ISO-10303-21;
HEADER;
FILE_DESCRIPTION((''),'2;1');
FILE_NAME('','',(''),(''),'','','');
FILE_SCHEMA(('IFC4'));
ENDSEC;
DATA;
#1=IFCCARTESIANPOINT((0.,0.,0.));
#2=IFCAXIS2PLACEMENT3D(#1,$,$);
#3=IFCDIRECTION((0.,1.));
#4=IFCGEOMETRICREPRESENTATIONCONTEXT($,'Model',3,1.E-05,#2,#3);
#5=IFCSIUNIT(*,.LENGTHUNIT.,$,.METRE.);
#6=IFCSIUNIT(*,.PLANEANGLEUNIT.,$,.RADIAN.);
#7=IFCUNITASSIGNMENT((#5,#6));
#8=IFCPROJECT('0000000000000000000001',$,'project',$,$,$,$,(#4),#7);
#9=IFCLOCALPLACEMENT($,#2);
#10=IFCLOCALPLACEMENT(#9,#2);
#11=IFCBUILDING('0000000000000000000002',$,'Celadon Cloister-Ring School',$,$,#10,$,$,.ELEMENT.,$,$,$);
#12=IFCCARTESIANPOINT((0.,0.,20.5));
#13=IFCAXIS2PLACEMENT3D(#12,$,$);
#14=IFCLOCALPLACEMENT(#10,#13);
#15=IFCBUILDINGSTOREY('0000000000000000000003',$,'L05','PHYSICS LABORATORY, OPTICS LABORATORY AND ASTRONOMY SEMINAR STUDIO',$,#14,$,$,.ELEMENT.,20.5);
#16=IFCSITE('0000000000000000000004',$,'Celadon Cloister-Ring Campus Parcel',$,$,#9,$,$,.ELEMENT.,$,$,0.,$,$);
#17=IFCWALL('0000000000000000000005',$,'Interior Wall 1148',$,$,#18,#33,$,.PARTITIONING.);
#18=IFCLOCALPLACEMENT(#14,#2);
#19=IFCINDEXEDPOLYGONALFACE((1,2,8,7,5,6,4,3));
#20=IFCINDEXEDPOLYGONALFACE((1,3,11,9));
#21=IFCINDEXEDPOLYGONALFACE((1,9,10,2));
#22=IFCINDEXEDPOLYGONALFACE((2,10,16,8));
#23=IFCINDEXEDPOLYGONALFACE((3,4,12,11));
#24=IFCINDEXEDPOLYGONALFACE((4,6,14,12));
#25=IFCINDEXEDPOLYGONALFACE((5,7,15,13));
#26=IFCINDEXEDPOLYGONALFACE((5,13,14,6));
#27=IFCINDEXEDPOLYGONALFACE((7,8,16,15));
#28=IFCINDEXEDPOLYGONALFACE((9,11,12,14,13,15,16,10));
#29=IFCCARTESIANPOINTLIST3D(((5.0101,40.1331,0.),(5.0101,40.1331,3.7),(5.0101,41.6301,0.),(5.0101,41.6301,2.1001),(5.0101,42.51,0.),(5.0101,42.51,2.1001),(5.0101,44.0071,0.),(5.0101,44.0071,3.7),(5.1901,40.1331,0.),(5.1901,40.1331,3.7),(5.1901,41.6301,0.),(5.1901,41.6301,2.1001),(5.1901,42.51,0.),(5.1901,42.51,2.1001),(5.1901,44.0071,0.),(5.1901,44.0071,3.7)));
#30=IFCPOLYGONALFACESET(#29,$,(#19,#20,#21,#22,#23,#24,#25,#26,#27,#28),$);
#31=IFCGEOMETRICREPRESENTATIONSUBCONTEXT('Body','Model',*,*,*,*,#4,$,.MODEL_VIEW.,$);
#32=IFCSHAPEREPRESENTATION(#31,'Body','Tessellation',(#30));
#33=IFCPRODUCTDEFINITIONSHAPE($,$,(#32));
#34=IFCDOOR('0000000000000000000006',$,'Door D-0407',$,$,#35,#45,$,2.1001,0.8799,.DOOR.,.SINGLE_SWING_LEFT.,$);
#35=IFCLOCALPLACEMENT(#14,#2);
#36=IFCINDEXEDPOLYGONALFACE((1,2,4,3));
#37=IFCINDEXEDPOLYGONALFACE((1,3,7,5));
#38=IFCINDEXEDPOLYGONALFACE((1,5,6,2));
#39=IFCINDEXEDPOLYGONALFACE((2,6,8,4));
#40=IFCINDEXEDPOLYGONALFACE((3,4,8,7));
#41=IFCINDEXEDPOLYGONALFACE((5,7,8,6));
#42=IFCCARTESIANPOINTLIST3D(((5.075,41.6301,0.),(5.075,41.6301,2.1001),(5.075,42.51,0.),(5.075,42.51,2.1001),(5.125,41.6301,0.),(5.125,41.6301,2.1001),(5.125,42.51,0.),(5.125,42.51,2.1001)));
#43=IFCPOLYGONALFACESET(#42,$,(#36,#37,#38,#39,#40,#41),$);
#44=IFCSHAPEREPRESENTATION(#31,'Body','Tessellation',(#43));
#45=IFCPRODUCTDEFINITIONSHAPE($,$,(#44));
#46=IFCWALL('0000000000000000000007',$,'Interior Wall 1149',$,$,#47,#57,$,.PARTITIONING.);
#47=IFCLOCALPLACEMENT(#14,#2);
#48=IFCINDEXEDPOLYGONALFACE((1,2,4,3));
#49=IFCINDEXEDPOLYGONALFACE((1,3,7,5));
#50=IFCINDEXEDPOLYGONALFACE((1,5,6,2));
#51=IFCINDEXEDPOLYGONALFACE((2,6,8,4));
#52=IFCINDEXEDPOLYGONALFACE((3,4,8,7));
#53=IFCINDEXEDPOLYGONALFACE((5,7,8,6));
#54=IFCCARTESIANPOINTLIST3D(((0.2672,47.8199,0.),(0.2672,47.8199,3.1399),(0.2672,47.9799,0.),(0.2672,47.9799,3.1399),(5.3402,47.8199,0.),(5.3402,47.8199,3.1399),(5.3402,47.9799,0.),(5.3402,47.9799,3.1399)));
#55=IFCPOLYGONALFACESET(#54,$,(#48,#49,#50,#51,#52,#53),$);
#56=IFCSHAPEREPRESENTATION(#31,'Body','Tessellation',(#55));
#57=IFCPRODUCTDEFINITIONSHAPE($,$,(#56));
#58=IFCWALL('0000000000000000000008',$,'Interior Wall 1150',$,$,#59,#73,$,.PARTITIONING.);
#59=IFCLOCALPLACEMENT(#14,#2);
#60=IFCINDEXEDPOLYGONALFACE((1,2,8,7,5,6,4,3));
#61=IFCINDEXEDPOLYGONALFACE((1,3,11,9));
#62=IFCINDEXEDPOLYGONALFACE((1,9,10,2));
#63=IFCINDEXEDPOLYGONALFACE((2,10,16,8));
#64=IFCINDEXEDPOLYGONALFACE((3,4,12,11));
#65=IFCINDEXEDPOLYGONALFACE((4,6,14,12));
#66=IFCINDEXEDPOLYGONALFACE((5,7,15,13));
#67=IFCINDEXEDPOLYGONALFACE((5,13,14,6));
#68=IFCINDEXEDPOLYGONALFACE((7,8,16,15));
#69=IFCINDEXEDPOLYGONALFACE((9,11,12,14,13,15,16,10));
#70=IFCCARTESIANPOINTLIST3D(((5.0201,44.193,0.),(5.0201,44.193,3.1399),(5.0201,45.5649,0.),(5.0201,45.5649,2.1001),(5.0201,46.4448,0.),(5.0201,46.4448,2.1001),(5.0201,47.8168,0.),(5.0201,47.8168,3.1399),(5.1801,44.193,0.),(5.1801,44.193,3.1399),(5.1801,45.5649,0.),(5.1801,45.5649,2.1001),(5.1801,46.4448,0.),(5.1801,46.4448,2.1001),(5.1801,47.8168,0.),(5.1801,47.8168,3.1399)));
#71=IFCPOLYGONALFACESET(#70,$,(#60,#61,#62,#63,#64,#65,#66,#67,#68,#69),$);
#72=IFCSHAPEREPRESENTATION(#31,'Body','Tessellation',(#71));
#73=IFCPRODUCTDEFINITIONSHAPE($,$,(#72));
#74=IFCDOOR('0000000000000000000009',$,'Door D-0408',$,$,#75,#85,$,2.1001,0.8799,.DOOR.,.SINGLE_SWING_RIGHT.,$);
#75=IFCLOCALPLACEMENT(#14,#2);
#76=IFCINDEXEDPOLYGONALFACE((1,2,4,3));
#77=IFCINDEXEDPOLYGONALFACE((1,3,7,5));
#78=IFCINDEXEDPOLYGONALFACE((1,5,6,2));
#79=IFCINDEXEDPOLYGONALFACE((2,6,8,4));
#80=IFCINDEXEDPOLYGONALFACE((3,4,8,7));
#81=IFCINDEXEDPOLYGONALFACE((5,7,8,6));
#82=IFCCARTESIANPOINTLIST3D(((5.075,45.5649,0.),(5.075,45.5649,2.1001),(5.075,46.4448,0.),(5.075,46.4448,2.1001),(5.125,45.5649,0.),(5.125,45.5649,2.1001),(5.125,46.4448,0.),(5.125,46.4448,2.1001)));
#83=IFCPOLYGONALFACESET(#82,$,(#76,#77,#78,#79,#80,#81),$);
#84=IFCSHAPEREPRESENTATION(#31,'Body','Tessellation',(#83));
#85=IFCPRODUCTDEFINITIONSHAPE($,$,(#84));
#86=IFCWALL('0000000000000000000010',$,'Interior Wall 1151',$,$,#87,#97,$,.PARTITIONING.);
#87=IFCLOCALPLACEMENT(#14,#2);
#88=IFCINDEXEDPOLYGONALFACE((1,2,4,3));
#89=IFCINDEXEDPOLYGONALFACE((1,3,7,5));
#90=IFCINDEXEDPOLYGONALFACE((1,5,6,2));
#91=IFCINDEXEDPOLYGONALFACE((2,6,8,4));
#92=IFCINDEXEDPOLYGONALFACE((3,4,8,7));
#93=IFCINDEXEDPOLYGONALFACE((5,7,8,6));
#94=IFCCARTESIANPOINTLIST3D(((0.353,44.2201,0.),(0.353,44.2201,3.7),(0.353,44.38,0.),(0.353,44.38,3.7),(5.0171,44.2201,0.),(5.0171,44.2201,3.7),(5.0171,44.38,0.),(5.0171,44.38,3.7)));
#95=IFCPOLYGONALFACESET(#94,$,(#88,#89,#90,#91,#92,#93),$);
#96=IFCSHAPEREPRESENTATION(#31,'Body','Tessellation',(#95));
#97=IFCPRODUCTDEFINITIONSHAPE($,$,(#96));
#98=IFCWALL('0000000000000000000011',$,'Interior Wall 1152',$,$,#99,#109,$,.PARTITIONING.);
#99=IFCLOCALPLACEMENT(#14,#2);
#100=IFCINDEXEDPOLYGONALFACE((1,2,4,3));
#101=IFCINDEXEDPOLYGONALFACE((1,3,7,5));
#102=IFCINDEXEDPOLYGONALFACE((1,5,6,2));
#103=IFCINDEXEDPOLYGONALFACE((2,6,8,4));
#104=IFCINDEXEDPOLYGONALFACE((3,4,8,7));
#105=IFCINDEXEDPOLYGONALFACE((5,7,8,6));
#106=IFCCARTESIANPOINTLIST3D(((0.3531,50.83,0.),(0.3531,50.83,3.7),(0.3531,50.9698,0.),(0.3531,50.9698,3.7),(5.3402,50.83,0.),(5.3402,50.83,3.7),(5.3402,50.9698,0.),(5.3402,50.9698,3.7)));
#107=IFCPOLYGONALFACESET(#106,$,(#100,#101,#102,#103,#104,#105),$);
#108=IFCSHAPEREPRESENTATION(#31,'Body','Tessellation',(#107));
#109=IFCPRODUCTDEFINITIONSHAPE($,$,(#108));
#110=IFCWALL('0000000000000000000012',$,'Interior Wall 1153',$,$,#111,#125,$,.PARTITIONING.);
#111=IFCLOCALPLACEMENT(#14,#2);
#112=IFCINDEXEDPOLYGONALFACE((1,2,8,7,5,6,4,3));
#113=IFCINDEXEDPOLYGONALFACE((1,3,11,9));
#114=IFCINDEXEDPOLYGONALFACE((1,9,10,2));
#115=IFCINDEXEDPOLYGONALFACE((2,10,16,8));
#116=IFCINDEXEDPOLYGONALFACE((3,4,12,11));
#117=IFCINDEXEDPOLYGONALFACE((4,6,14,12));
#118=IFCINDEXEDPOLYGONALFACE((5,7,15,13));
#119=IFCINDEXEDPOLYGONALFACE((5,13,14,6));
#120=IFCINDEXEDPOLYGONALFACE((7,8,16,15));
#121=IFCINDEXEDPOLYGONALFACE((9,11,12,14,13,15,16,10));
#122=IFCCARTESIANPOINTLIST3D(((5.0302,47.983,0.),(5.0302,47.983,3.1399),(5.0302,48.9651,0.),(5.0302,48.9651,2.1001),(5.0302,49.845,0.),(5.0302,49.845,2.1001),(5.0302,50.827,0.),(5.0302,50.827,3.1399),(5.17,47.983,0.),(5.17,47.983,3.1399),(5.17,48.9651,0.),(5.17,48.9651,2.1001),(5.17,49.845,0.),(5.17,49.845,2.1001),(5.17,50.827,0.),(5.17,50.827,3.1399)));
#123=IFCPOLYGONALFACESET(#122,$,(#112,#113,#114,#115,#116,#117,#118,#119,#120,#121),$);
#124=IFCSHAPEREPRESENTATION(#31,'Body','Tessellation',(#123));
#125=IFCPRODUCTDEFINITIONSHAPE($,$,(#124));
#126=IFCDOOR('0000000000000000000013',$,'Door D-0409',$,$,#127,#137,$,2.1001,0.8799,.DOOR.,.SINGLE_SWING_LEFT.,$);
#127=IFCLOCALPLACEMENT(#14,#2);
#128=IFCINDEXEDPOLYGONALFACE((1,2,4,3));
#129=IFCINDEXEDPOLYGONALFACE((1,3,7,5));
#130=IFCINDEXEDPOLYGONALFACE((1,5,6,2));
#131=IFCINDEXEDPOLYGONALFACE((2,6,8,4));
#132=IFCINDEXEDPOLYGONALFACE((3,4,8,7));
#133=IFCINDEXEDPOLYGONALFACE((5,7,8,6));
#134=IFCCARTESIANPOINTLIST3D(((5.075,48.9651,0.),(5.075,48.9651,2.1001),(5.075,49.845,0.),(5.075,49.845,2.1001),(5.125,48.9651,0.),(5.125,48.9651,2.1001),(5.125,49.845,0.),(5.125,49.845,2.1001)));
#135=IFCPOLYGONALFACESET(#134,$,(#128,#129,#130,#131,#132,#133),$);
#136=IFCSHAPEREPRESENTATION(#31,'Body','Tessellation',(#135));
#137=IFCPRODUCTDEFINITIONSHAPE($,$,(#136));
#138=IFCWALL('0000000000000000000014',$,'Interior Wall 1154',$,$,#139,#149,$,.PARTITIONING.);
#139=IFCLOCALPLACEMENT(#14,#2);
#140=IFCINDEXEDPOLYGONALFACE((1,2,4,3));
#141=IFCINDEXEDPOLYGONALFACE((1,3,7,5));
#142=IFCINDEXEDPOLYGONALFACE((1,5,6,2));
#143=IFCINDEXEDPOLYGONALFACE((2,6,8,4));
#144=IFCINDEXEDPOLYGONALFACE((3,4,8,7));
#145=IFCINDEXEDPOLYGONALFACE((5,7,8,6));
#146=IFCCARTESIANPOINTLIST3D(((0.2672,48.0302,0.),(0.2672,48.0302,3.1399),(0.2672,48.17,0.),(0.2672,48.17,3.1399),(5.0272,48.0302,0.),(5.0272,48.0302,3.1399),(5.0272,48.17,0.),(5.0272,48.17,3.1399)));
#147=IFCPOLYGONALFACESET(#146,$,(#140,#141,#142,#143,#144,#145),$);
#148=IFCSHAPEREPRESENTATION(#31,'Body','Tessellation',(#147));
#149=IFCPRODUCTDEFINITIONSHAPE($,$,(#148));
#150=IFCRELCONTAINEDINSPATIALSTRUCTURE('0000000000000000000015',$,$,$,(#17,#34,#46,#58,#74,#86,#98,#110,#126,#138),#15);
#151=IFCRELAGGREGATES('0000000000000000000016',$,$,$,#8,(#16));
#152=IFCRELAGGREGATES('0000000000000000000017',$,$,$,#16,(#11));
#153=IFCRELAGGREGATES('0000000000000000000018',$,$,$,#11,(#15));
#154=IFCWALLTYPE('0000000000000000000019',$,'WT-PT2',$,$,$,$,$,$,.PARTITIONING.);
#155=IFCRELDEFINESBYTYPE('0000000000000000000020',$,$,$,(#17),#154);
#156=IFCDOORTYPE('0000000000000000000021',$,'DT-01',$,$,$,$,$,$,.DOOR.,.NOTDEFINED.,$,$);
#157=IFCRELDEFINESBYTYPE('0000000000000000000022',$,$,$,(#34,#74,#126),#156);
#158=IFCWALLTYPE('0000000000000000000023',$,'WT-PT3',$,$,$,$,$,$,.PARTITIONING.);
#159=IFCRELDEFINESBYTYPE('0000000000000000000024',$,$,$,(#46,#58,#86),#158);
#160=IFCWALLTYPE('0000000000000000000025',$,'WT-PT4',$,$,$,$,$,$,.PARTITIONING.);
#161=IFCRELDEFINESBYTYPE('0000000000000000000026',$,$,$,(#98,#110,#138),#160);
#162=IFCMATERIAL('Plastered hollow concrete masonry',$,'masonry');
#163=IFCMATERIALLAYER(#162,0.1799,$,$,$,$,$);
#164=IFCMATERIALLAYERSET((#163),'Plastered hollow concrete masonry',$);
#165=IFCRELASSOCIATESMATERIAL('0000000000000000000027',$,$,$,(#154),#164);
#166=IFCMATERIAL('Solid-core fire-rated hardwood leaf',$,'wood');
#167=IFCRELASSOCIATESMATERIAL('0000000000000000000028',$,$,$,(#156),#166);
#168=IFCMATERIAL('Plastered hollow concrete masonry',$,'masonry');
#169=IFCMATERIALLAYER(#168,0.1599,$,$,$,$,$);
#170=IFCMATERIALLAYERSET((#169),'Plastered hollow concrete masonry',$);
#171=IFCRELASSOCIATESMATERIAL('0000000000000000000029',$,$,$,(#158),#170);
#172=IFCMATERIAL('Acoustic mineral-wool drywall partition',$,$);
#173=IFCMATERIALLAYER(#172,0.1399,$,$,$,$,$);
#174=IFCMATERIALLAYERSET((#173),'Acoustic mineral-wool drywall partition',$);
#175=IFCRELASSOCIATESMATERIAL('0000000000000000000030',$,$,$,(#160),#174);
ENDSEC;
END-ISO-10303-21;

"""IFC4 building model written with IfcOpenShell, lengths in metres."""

from ifc_helpers import new_model, si_unit, direction, frame, frame_2d, origin, place, context, subcontext, project, spatial, rectangle, extrude, material, layer, layer_set, type_object, element, fill, save


model = new_model("IFC4")

# Units and contexts
model_context = context("Model", 3, precision=1e-05, world=origin(), true_north=direction((0.0, 1.0)))
body_context = subcontext(model_context, "Body", "Model", "MODEL_VIEW")
ifc_project = project(units=[si_unit("LENGTHUNIT", "METRE"), si_unit("PLANEANGLEUNIT", "RADIAN")], contexts=[model_context])

# Site, building, storey
site_placement = place(None, origin())
site = spatial("IfcSite", under=ifc_project, at=site_placement, Name="Celadon Cloister-Ring Campus Parcel", CompositionType="ELEMENT", RefElevation=0.0)
building_placement = place(site_placement, origin())
building = spatial("IfcBuilding", under=site, at=building_placement, Name="Celadon Cloister-Ring School", CompositionType="ELEMENT")
storey_placement = place(building_placement, frame((0.0, 0.0, 20.5)))
storey = spatial("IfcBuildingStorey", under=building, at=storey_placement, Name="L05", Description="PHYSICS LABORATORY, OPTICS LABORATORY AND ASTRONOMY SEMINAR STUDIO", CompositionType="ELEMENT", Elevation=20.5)

# Shared definitions
ifc_material_1 = material(Name="Plastered hollow concrete masonry", Category="masonry")
ifc_layer_1 = layer(ifc_material_1, 0.1799)
ifc_layer_set_1 = layer_set([ifc_layer_1], Name="Plastered hollow concrete masonry")
wall_type_1 = type_object("IfcWallType", Name="WT-PT2", PredefinedType="PARTITIONING", material=ifc_layer_set_1)

# Wall, opening, door
wall_1_placement = place(storey_placement, frame((5.1001, 44.0071, 0.0), z_axis=(0.0, 0.0, 1.0), x_axis=(0.0, -1.0, 0.0)))
wall_1 = element("IfcWall", 1, at=wall_1_placement, inside=storey, type_object=wall_type_1, Name="Interior Wall 1148", PredefinedType="PARTITIONING", context=body_context, shape_type="SweptSolid", body=[
    extrude(rectangle(XDim=3.874, YDim=0.1799, at=frame_2d((1.937, 0.0))), origin(), (0.0, 0.0, 1.0), 3.7),
])
opening_1_placement = place(wall_1_placement, frame((1.4971, 0.0, 0.0)))
opening_1 = element("IfcOpeningElement", 2, at=opening_1_placement, cuts=wall_1, PredefinedType="OPENING", context=body_context, shape_type="SweptSolid", body=[
    extrude(rectangle(XDim=0.8799, YDim=2.1001, at=frame_2d((0.4399, 1.05))), frame((0.0, 0.1001, 0.0), z_axis=(0.0, -1.0, 0.0), x_axis=(1.0, 0.0, 0.0)), (0.0, 0.0, 1.0), 0.2),
])
ifc_material_2 = material(Name="Solid-core fire-rated hardwood leaf", Category="wood")
door_type = type_object("IfcDoorType", Name="DT-01", OperationType="NOTDEFINED", PredefinedType="DOOR", material=ifc_material_2)
door_1_placement = place(opening_1_placement, origin())
door_1 = element("IfcDoor", 3, at=door_1_placement, inside=storey, type_object=door_type, Name="Door D-0407", OperationType="SINGLE_SWING_LEFT", OverallHeight=2.1001, OverallWidth=0.8799, PredefinedType="DOOR", context=body_context, shape_type="SweptSolid", body=[
    extrude(rectangle(XDim=0.8799, YDim=2.1001, at=frame_2d((0.4399, 1.05))), frame((0.0, 0.0249, 0.0), z_axis=(0.0, -1.0, 0.0), x_axis=(1.0, 0.0, 0.0)), (0.0, 0.0, 1.0), 0.05),
])
fill(opening_1, door_1)

# Wall
ifc_material_3 = material(Name="Plastered hollow concrete masonry", Category="masonry")
ifc_layer_2 = layer(ifc_material_3, 0.1599)
ifc_layer_set_2 = layer_set([ifc_layer_2], Name="Plastered hollow concrete masonry")
wall_type_2 = type_object("IfcWallType", Name="WT-PT3", PredefinedType="PARTITIONING", material=ifc_layer_set_2)
wall_2_placement = place(storey_placement, frame((0.2671, 47.8999, 0.0), z_axis=(0.0, 0.0, 1.0), x_axis=(1.0, 0.0, 0.0)))
element("IfcWall", 4, at=wall_2_placement, inside=storey, type_object=wall_type_2, Name="Interior Wall 1149", PredefinedType="PARTITIONING", context=body_context, shape_type="SweptSolid", body=[
    extrude(rectangle(XDim=5.073, YDim=0.1599, at=frame_2d((2.5366, 0.0))), origin(), (0.0, 0.0, 1.0), 3.1399),
])

# Wall, opening, door
wall_3_placement = place(storey_placement, frame((5.1001, 47.8169, 0.0), z_axis=(0.0, 0.0, 1.0), x_axis=(0.0, -1.0, 0.0)))
wall_3 = element("IfcWall", 5, at=wall_3_placement, inside=storey, type_object=wall_type_2, Name="Interior Wall 1150", PredefinedType="PARTITIONING", context=body_context, shape_type="SweptSolid", body=[
    extrude(rectangle(XDim=3.6238, YDim=0.1599, at=frame_2d((1.812, 0.0))), origin(), (0.0, 0.0, 1.0), 3.1399),
])
opening_2_placement = place(wall_3_placement, frame((1.3721, 0.0, 0.0)))
opening_2 = element("IfcOpeningElement", 6, at=opening_2_placement, cuts=wall_3, PredefinedType="OPENING", context=body_context, shape_type="SweptSolid", body=[
    extrude(rectangle(XDim=0.8799, YDim=2.1001, at=frame_2d((0.4399, 1.05))), frame((0.0, 0.0898, 0.0), z_axis=(0.0, -1.0, 0.0), x_axis=(1.0, 0.0, 0.0)), (0.0, 0.0, 1.0), 0.1799),
])
door_2_placement = place(opening_2_placement, origin())
door_2 = element("IfcDoor", 7, at=door_2_placement, inside=storey, type_object=door_type, Name="Door D-0408", OperationType="SINGLE_SWING_RIGHT", OverallHeight=2.1001, OverallWidth=0.8799, PredefinedType="DOOR", context=body_context, shape_type="SweptSolid", body=[
    extrude(rectangle(XDim=0.8799, YDim=2.1001, at=frame_2d((0.4399, 1.05))), frame((0.0, 0.0249, 0.0), z_axis=(0.0, -1.0, 0.0), x_axis=(1.0, 0.0, 0.0)), (0.0, 0.0, 1.0), 0.05),
])
fill(opening_2, door_2)

# Walls
wall_4_placement = place(storey_placement, frame((5.0171, 44.3, 0.0), z_axis=(0.0, 0.0, 1.0), x_axis=(-1.0, 0.0, 0.0)))
element("IfcWall", 8, at=wall_4_placement, inside=storey, type_object=wall_type_2, Name="Interior Wall 1151", PredefinedType="PARTITIONING", context=body_context, shape_type="SweptSolid", body=[
    extrude(rectangle(XDim=4.6641, YDim=0.1599, at=frame_2d((2.332, 0.0))), origin(), (0.0, 0.0, 1.0), 3.7),
])
ifc_material_4 = material(Name="Acoustic mineral-wool drywall partition")
ifc_layer_3 = layer(ifc_material_4, 0.1399)
ifc_layer_set_3 = layer_set([ifc_layer_3], Name="Acoustic mineral-wool drywall partition")
wall_type_3 = type_object("IfcWallType", Name="WT-PT4", PredefinedType="PARTITIONING", material=ifc_layer_set_3)
wall_5_placement = place(storey_placement, frame((0.353, 50.8999, 0.0), z_axis=(0.0, 0.0, 1.0), x_axis=(1.0, 0.0, 0.0)))
element("IfcWall", 9, at=wall_5_placement, inside=storey, type_object=wall_type_3, Name="Interior Wall 1152", PredefinedType="PARTITIONING", context=body_context, shape_type="SweptSolid", body=[
    extrude(rectangle(XDim=4.9871, YDim=0.1399, at=frame_2d((2.4937, 0.0))), origin(), (0.0, 0.0, 1.0), 3.7),
])

# Wall, opening, door
wall_6_placement = place(storey_placement, frame((5.1001, 50.8269, 0.0), z_axis=(0.0, 0.0, 1.0), x_axis=(0.0, -1.0, 0.0)))
wall_6 = element("IfcWall", 10, at=wall_6_placement, inside=storey, type_object=wall_type_3, Name="Interior Wall 1153", PredefinedType="PARTITIONING", context=body_context, shape_type="SweptSolid", body=[
    extrude(rectangle(XDim=2.844, YDim=0.1399, at=frame_2d((1.4219, 0.0))), origin(), (0.0, 0.0, 1.0), 3.1399),
])
opening_3_placement = place(wall_6_placement, frame((0.9819, 0.0, 0.0)))
opening_3 = element("IfcOpeningElement", 11, at=opening_3_placement, cuts=wall_6, PredefinedType="OPENING", context=body_context, shape_type="SweptSolid", body=[
    extrude(rectangle(XDim=0.8799, YDim=2.1001, at=frame_2d((0.4399, 1.05))), frame((0.0, 0.0801, 0.0), z_axis=(0.0, -1.0, 0.0), x_axis=(1.0, 0.0, 0.0)), (0.0, 0.0, 1.0), 0.1599),
])
door_3_placement = place(opening_3_placement, origin())
door_3 = element("IfcDoor", 12, at=door_3_placement, inside=storey, type_object=door_type, Name="Door D-0409", OperationType="SINGLE_SWING_LEFT", OverallHeight=2.1001, OverallWidth=0.8799, PredefinedType="DOOR", context=body_context, shape_type="SweptSolid", body=[
    extrude(rectangle(XDim=0.8799, YDim=2.1001, at=frame_2d((0.4399, 1.05))), frame((0.0, 0.0249, 0.0), z_axis=(0.0, -1.0, 0.0), x_axis=(1.0, 0.0, 0.0)), (0.0, 0.0, 1.0), 0.05),
])
fill(opening_3, door_3)

# Wall
wall_7_placement = place(storey_placement, frame((5.0271, 48.1001, 0.0), z_axis=(0.0, 0.0, 1.0), x_axis=(-1.0, 0.0, 0.0)))
element("IfcWall", 13, at=wall_7_placement, inside=storey, type_object=wall_type_3, Name="Interior Wall 1154", PredefinedType="PARTITIONING", context=body_context, shape_type="SweptSolid", body=[
    extrude(rectangle(XDim=4.76, YDim=0.1399, at=frame_2d((2.3799, 0.0))), origin(), (0.0, 0.0, 1.0), 3.1399),
])

save(model, "model.ifc")
